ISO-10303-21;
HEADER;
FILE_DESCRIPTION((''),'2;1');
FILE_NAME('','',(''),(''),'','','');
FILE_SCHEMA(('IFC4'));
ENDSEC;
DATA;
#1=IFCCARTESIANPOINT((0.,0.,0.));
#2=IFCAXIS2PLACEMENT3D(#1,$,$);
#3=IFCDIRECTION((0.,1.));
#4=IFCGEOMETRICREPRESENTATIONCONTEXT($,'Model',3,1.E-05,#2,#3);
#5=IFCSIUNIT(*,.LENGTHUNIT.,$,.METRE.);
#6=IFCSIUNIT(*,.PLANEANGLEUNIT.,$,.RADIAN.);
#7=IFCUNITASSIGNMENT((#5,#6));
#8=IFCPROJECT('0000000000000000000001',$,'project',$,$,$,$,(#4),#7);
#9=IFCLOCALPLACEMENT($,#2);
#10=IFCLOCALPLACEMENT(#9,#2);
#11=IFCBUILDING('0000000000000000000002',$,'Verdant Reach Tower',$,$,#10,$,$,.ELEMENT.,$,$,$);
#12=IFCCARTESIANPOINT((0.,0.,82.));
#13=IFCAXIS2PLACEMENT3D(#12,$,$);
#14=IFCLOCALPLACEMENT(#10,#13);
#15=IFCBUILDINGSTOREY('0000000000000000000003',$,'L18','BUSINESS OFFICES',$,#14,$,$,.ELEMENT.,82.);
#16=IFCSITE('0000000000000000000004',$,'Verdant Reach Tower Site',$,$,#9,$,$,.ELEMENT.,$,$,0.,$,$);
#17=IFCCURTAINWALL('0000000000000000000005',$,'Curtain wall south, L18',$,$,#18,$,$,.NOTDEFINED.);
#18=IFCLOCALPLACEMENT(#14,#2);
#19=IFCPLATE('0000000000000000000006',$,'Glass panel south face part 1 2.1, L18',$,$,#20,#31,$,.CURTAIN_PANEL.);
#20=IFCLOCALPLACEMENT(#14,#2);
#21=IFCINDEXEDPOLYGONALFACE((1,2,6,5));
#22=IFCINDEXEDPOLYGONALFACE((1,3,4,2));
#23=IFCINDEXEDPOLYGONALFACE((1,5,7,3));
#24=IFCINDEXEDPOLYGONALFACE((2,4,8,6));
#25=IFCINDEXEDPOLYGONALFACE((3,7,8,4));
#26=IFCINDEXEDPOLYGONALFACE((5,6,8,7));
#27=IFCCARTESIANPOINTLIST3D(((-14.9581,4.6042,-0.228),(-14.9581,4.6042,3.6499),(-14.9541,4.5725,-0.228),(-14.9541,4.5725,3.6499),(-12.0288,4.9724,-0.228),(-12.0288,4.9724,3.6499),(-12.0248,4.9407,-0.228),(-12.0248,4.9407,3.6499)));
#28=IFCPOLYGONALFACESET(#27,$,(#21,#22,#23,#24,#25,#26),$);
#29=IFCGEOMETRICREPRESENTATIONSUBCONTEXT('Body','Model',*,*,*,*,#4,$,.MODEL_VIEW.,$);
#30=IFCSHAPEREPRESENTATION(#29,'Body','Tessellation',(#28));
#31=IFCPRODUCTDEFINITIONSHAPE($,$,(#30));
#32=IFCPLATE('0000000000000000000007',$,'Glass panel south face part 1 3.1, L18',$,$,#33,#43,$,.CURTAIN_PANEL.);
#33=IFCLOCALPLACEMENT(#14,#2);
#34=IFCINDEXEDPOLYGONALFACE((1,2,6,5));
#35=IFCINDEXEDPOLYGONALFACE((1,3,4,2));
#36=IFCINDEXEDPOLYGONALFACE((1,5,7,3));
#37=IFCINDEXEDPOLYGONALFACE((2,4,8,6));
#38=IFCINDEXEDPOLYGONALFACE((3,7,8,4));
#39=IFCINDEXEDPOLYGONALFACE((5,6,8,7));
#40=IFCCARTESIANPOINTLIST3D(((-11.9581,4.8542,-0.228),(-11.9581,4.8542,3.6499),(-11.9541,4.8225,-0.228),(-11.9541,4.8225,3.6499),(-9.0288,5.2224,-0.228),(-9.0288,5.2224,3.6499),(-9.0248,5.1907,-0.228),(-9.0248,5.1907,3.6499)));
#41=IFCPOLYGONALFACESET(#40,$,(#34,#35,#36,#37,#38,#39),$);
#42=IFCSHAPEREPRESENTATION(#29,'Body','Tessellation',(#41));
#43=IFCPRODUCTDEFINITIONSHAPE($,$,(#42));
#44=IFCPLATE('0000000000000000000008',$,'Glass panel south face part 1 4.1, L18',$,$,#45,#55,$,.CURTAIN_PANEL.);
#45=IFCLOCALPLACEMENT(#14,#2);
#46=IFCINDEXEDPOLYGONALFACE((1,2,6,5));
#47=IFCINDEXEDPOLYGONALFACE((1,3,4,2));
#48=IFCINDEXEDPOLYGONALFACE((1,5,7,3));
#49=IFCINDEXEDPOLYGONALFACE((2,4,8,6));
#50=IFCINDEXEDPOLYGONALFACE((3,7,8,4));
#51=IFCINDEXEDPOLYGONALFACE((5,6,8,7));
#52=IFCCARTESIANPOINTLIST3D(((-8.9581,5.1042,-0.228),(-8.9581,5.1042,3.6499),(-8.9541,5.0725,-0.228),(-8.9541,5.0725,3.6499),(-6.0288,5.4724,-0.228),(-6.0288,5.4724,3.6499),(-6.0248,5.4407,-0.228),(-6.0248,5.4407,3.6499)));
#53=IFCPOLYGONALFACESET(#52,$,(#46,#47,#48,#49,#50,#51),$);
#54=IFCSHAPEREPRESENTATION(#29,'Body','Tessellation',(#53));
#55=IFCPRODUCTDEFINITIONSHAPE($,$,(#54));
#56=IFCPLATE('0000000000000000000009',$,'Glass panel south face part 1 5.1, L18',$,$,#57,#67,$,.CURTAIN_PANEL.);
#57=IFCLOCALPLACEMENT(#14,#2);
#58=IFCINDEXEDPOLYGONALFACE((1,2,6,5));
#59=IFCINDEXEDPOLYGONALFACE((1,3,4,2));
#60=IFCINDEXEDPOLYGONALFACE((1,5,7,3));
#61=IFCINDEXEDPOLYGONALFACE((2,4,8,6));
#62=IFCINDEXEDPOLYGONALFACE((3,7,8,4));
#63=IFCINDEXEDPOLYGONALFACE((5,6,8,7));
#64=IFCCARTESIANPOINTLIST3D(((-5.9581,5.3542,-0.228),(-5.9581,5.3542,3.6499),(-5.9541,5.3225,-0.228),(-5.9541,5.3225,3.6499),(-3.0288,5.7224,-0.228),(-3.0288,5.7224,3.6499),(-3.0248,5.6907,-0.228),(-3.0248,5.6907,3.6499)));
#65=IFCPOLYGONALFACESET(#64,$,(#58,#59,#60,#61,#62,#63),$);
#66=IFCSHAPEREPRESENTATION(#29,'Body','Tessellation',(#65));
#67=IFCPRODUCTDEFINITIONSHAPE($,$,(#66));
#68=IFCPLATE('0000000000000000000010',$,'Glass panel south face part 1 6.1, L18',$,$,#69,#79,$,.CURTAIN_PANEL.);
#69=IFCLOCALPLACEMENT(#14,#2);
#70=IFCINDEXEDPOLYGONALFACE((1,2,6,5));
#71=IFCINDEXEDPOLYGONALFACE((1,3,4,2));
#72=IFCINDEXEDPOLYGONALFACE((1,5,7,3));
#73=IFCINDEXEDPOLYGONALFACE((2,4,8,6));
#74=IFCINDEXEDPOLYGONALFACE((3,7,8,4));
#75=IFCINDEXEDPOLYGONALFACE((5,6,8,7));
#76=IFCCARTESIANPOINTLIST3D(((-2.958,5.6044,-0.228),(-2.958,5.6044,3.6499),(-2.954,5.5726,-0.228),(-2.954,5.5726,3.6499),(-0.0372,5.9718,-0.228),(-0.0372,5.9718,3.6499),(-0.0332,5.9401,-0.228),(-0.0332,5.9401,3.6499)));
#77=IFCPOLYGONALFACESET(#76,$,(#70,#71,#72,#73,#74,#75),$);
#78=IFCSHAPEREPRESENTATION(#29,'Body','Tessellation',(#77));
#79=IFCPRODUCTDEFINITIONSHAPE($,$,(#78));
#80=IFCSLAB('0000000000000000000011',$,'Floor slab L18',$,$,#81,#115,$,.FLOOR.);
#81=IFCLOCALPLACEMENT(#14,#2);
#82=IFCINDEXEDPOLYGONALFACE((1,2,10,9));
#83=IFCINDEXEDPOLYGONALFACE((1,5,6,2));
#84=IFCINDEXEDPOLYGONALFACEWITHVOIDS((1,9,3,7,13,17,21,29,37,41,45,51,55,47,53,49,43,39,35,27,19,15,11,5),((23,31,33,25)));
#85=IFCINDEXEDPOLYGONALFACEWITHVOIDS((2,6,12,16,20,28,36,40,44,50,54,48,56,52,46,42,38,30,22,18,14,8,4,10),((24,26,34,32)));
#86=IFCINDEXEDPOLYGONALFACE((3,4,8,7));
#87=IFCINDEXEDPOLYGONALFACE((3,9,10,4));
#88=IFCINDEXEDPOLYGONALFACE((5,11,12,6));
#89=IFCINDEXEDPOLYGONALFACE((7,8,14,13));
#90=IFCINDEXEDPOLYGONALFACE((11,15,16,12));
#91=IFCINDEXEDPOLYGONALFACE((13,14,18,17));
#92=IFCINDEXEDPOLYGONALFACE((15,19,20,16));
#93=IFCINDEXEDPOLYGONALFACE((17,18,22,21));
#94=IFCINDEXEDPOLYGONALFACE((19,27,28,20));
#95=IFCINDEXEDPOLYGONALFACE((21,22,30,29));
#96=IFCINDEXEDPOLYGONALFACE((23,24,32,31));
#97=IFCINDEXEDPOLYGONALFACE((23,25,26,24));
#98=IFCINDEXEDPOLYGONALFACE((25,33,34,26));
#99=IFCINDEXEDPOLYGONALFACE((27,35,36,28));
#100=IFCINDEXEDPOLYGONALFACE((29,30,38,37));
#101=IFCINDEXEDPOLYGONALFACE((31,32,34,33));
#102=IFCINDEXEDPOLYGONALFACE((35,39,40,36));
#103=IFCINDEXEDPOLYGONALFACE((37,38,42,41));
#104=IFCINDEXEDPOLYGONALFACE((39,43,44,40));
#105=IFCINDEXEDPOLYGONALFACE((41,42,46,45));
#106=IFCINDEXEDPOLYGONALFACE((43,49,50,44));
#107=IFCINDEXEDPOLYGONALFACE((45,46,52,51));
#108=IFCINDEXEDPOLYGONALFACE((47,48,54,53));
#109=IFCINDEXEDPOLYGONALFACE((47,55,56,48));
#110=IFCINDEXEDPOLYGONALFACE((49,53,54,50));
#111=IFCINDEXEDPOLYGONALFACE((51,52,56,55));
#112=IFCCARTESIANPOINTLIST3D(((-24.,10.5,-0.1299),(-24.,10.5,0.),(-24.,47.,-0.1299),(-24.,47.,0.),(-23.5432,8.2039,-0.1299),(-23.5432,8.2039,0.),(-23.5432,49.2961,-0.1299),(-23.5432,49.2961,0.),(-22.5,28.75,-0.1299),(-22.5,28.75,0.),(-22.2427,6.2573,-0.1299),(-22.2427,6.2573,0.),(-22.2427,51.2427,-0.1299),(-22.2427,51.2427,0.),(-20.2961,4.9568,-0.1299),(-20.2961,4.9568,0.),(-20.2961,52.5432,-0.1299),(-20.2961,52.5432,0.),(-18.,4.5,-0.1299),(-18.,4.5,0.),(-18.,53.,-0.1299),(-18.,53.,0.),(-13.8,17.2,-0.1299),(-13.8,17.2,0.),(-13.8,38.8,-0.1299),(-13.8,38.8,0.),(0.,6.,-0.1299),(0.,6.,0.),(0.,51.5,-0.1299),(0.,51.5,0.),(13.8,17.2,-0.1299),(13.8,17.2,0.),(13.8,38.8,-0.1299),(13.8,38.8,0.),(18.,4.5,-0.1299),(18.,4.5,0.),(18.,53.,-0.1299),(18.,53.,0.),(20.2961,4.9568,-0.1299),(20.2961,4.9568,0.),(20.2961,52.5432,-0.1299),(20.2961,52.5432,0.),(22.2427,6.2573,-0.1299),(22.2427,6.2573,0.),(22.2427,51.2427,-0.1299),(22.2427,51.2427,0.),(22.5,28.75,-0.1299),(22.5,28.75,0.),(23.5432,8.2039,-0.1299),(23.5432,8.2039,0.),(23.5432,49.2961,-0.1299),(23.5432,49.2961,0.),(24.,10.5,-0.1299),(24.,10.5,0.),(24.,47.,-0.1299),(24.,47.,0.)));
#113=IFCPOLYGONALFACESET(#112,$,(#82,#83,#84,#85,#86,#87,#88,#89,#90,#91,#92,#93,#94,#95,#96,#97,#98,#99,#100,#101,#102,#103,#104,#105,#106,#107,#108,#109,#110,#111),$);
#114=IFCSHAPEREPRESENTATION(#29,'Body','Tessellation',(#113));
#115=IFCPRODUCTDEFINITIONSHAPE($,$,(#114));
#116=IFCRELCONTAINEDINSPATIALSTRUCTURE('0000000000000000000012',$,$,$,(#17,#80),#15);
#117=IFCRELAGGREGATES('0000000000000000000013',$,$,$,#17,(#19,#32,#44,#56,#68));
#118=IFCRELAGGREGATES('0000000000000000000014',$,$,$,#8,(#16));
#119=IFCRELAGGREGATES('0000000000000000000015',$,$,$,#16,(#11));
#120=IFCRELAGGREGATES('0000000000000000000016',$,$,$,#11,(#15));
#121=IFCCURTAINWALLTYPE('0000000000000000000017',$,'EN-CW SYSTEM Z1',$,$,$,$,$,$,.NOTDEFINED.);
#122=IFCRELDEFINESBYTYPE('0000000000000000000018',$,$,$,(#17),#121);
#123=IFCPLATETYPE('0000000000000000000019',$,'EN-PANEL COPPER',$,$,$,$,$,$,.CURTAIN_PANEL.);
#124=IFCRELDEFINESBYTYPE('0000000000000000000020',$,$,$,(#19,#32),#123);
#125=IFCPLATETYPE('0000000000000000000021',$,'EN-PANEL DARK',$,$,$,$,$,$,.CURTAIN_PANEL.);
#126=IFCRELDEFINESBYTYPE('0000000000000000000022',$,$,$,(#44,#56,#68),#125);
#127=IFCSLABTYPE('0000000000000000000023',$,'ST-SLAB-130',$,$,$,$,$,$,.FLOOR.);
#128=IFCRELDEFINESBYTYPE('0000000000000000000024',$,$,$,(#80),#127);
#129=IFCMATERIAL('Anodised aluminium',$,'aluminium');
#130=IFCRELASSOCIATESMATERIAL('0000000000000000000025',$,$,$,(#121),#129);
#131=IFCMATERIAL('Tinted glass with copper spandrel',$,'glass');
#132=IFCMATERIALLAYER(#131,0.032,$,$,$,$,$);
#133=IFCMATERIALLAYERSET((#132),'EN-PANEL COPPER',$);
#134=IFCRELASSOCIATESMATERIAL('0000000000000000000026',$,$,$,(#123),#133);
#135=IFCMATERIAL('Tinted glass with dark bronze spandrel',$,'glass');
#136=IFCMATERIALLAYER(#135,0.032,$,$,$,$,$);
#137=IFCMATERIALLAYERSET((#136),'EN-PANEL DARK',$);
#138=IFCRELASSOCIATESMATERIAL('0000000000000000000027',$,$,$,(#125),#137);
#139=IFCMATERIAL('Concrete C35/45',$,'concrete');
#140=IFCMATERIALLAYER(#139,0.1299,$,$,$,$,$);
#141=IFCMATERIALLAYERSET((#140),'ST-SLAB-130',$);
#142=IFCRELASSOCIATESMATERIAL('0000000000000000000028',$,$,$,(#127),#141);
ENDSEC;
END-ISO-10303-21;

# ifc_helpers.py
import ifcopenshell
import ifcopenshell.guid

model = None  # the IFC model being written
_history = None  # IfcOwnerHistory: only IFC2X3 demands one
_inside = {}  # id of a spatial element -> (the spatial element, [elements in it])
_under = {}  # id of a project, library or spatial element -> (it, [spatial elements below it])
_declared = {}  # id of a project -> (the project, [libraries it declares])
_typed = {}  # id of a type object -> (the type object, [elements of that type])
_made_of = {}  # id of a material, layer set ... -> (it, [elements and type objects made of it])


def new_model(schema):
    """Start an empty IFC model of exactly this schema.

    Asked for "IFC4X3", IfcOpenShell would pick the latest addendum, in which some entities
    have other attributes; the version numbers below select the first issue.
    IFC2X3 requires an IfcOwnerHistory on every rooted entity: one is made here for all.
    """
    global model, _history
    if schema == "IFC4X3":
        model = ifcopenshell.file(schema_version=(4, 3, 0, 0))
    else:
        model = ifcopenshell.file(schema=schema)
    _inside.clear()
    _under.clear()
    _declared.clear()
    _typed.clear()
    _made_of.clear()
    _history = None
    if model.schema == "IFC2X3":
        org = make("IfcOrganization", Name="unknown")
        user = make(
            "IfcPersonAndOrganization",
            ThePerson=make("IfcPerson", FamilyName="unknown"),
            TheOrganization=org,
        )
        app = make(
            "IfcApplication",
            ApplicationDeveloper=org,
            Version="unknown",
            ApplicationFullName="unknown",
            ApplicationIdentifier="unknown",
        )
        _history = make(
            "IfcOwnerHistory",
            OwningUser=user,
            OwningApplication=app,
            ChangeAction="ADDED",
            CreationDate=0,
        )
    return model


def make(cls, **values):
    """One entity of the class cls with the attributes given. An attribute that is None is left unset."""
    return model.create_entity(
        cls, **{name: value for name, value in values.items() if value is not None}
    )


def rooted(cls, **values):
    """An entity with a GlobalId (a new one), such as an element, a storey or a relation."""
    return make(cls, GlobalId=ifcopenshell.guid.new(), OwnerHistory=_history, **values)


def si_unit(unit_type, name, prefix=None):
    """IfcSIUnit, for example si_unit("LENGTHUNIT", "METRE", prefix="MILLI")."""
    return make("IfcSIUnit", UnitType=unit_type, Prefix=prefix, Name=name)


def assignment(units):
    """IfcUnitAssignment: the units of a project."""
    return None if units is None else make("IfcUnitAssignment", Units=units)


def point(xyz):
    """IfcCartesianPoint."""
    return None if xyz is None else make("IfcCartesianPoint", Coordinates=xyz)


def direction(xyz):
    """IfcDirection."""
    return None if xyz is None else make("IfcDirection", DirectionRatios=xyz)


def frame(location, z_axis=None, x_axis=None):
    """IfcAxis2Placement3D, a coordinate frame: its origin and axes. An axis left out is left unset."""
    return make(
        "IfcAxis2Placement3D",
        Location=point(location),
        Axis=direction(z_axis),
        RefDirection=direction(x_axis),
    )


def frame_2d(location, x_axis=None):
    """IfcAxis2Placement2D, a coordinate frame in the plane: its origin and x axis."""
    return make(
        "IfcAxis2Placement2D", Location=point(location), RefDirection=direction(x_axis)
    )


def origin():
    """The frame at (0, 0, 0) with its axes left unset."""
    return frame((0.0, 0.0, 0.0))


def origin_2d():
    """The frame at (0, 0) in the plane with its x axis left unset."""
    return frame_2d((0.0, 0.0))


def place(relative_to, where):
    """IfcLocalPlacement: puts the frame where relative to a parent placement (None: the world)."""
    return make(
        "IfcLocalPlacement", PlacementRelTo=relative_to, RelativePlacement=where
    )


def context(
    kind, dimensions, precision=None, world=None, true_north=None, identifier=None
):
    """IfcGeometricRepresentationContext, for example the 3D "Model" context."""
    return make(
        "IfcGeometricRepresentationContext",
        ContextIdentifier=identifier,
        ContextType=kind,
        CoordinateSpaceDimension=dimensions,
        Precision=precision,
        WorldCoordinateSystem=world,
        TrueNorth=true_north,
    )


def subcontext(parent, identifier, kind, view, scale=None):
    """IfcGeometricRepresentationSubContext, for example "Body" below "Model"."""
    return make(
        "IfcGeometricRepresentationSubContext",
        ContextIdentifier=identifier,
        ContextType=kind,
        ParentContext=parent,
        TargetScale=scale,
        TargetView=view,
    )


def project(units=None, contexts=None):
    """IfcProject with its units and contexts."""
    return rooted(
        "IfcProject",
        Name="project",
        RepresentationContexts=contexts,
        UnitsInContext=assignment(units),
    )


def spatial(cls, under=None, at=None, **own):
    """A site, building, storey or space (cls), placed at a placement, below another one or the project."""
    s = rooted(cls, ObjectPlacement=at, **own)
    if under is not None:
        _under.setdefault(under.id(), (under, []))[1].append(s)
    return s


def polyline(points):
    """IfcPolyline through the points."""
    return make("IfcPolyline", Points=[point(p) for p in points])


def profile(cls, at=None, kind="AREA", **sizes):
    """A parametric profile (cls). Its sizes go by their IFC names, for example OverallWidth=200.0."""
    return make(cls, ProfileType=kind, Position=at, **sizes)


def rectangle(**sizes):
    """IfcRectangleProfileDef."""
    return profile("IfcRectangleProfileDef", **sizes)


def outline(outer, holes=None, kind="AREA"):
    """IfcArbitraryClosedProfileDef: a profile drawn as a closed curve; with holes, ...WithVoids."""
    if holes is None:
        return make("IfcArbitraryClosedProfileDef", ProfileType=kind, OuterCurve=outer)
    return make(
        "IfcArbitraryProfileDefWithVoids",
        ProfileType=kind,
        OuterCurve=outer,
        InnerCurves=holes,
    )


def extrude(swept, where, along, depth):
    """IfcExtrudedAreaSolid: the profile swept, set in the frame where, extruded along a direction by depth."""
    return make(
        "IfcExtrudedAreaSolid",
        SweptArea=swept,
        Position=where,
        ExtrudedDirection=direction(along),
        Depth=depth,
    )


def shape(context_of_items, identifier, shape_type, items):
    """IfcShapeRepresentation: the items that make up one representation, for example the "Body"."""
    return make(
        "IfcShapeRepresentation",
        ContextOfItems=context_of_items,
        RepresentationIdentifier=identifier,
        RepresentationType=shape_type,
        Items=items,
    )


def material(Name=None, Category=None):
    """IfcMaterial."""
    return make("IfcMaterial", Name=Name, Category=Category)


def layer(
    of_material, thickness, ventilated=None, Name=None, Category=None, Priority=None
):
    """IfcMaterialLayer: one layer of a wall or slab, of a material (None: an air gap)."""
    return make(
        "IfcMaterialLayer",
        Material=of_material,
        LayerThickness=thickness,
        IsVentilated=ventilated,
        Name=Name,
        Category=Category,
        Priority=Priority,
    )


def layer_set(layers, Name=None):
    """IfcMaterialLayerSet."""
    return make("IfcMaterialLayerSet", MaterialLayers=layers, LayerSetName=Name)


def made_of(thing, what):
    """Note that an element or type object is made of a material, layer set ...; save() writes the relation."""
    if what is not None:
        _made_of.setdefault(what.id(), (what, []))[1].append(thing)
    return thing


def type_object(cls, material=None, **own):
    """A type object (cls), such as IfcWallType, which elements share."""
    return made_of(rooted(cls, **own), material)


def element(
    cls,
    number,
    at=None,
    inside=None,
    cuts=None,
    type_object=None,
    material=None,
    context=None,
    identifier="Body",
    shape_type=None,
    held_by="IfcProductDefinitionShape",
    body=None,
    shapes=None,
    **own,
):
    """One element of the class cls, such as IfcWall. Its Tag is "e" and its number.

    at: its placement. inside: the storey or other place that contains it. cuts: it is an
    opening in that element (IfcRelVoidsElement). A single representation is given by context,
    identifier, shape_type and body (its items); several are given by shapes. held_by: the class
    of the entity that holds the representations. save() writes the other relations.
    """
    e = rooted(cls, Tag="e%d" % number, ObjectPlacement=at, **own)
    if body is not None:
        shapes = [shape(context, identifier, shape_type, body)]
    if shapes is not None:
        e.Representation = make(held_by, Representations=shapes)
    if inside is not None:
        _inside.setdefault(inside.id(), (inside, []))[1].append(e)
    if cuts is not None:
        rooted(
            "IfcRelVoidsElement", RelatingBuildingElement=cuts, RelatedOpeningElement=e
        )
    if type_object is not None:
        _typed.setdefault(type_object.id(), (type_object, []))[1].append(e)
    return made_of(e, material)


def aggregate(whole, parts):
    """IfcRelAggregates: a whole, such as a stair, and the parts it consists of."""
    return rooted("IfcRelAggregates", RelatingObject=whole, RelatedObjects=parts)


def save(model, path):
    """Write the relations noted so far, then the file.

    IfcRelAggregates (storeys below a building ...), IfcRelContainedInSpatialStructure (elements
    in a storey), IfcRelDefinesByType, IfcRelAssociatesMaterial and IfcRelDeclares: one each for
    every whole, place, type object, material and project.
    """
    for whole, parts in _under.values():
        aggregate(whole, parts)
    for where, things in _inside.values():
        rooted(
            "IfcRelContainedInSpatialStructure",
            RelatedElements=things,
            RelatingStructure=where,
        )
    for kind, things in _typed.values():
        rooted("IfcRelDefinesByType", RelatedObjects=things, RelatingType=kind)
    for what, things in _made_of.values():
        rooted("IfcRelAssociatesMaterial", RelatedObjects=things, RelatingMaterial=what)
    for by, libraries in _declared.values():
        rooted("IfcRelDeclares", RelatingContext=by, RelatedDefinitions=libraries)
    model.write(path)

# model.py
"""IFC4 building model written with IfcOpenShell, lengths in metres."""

from ifc_helpers import new_model, si_unit, direction, frame, origin, origin_2d, place, context, subcontext, project, spatial, polyline, rectangle, outline, extrude, material, layer, layer_set, type_object, element, aggregate, save


model = new_model("IFC4")

# Units and contexts
model_context = context("Model", 3, precision=1e-05, world=origin(), true_north=direction((0.0, 1.0)))
body_context = subcontext(model_context, "Body", "Model", "MODEL_VIEW")
ifc_project = project(units=[si_unit("LENGTHUNIT", "METRE"), si_unit("PLANEANGLEUNIT", "RADIAN")], contexts=[model_context])

# Site, building, storey
site_placement = place(None, origin())
site = spatial("IfcSite", under=ifc_project, at=site_placement, Name="Verdant Reach Tower Site", CompositionType="ELEMENT", RefElevation=0.0)
building_placement = place(site_placement, origin())
building = spatial("IfcBuilding", under=site, at=building_placement, Name="Verdant Reach Tower", CompositionType="ELEMENT")
storey_placement = place(building_placement, frame((0.0, 0.0, 82.0)))
storey = spatial("IfcBuildingStorey", under=building, at=storey_placement, Name="L18", Description="BUSINESS OFFICES", CompositionType="ELEMENT", Elevation=82.0)

# Curtain wall
ifc_material_1 = material(Name="Anodised aluminium", Category="aluminium")
curtain_wall_type = type_object("IfcCurtainWallType", Name="EN-CW SYSTEM Z1", PredefinedType="NOTDEFINED", material=ifc_material_1)
curtain_wall_placement = place(storey_placement, origin())
curtain_wall = element("IfcCurtainWall", 1, at=curtain_wall_placement, inside=storey, type_object=curtain_wall_type, Name="Curtain wall south, L18", PredefinedType="NOTDEFINED")

# Plates
ifc_material_2 = material(Name="Tinted glass with copper spandrel", Category="glass")
ifc_layer_1 = layer(ifc_material_2, 0.032)
ifc_layer_set_1 = layer_set([ifc_layer_1], Name="EN-PANEL COPPER")
plate_type_1 = type_object("IfcPlateType", Name="EN-PANEL COPPER", PredefinedType="CURTAIN_PANEL", material=ifc_layer_set_1)
plate_1_placement = place(storey_placement, frame((-13.4915, 4.7725, -0.228), z_axis=(0.0, 0.0, 1.0), x_axis=(0.992194, 0.124704, 0.0)))
plate_1 = element("IfcPlate", 2, at=plate_1_placement, type_object=plate_type_1, Name="Glass panel south face part 1 2.1, L18", PredefinedType="CURTAIN_PANEL", context=body_context, shape_type="SweptSolid", body=[
    extrude(rectangle(XDim=2.9524, YDim=0.032, at=origin_2d()), origin(), (0.0, 0.0, 1.0), 3.8779),
])
plate_2_placement = place(storey_placement, frame((-10.4915, 5.0225, -0.228), z_axis=(0.0, 0.0, 1.0), x_axis=(0.992194, 0.124704, 0.0)))
plate_2 = element("IfcPlate", 3, at=plate_2_placement, type_object=plate_type_1, Name="Glass panel south face part 1 3.1, L18", PredefinedType="CURTAIN_PANEL", context=body_context, shape_type="SweptSolid", body=[
    extrude(rectangle(XDim=2.9524, YDim=0.032, at=origin_2d()), origin(), (0.0, 0.0, 1.0), 3.8779),
])
ifc_material_3 = material(Name="Tinted glass with dark bronze spandrel", Category="glass")
ifc_layer_2 = layer(ifc_material_3, 0.032)
ifc_layer_set_2 = layer_set([ifc_layer_2], Name="EN-PANEL DARK")
plate_type_2 = type_object("IfcPlateType", Name="EN-PANEL DARK", PredefinedType="CURTAIN_PANEL", material=ifc_layer_set_2)
plate_3_placement = place(storey_placement, frame((-7.4915, 5.2725, -0.228), z_axis=(0.0, 0.0, 1.0), x_axis=(0.992194, 0.124704, 0.0)))
plate_3 = element("IfcPlate", 4, at=plate_3_placement, type_object=plate_type_2, Name="Glass panel south face part 1 4.1, L18", PredefinedType="CURTAIN_PANEL", context=body_context, shape_type="SweptSolid", body=[
    extrude(rectangle(XDim=2.9524, YDim=0.032, at=origin_2d()), origin(), (0.0, 0.0, 1.0), 3.8779),
])
plate_4_placement = place(storey_placement, frame((-4.4915, 5.5225, -0.228), z_axis=(0.0, 0.0, 1.0), x_axis=(0.992194, 0.124704, 0.0)))
plate_4 = element("IfcPlate", 5, at=plate_4_placement, type_object=plate_type_2, Name="Glass panel south face part 1 5.1, L18", PredefinedType="CURTAIN_PANEL", context=body_context, shape_type="SweptSolid", body=[
    extrude(rectangle(XDim=2.9524, YDim=0.032, at=origin_2d()), origin(), (0.0, 0.0, 1.0), 3.8779),
])
plate_5_placement = place(storey_placement, frame((-1.4956, 5.7722, -0.228), z_axis=(0.0, 0.0, 1.0), x_axis=(0.992179, 0.124821, 0.0)))
plate_5 = element("IfcPlate", 6, at=plate_5_placement, type_object=plate_type_2, Name="Glass panel south face part 1 6.1, L18", PredefinedType="CURTAIN_PANEL", context=body_context, shape_type="SweptSolid", body=[
    extrude(rectangle(XDim=2.9438, YDim=0.032, at=origin_2d()), origin(), (0.0, 0.0, 1.0), 3.8779),
])
aggregate(curtain_wall, [plate_1, plate_2, plate_3, plate_4, plate_5])

# Slab
ifc_material_4 = material(Name="Concrete C35/45", Category="concrete")
ifc_layer_3 = layer(ifc_material_4, 0.1299)
ifc_layer_set_3 = layer_set([ifc_layer_3], Name="ST-SLAB-130")
slab_type_1 = type_object("IfcSlabType", Name="ST-SLAB-130", PredefinedType="FLOOR", material=ifc_layer_set_3)
slab_1_placement = place(storey_placement, frame((0.0, 0.0, -0.1299)))
element("IfcSlab", 7, at=slab_1_placement, inside=storey, type_object=slab_type_1, Name="Floor slab L18", PredefinedType="FLOOR", context=body_context, shape_type="SweptSolid", body=[
    extrude(outline(polyline([(0.0, 6.0), (-18.0, 4.5), (-20.2961, 4.9568), (-22.2427, 6.2573), (-23.5432, 8.2039), (-24.0, 10.5), (-22.5, 28.75), (-24.0, 47.0), (-23.5432, 49.2961), (-22.2427, 51.2427), (-20.2961, 52.5432), (-18.0, 53.0), (0.0, 51.5), (18.0, 53.0), (20.2961, 52.5432), (22.2427, 51.2427), (23.5432, 49.2961), (24.0, 47.0), (22.5, 28.75), (24.0, 10.5), (23.5432, 8.2039), (22.2427, 6.2573), (20.2961, 4.9568), (18.0, 4.5), (0.0, 6.0)]), holes=[polyline([(13.8, 38.8), (-13.8, 38.8), (-13.8, 17.2), (13.8, 17.2), (13.8, 38.8)])]), origin(), (0.0, 0.0, 1.0), 0.1299),
])

save(model, "model.ifc")
